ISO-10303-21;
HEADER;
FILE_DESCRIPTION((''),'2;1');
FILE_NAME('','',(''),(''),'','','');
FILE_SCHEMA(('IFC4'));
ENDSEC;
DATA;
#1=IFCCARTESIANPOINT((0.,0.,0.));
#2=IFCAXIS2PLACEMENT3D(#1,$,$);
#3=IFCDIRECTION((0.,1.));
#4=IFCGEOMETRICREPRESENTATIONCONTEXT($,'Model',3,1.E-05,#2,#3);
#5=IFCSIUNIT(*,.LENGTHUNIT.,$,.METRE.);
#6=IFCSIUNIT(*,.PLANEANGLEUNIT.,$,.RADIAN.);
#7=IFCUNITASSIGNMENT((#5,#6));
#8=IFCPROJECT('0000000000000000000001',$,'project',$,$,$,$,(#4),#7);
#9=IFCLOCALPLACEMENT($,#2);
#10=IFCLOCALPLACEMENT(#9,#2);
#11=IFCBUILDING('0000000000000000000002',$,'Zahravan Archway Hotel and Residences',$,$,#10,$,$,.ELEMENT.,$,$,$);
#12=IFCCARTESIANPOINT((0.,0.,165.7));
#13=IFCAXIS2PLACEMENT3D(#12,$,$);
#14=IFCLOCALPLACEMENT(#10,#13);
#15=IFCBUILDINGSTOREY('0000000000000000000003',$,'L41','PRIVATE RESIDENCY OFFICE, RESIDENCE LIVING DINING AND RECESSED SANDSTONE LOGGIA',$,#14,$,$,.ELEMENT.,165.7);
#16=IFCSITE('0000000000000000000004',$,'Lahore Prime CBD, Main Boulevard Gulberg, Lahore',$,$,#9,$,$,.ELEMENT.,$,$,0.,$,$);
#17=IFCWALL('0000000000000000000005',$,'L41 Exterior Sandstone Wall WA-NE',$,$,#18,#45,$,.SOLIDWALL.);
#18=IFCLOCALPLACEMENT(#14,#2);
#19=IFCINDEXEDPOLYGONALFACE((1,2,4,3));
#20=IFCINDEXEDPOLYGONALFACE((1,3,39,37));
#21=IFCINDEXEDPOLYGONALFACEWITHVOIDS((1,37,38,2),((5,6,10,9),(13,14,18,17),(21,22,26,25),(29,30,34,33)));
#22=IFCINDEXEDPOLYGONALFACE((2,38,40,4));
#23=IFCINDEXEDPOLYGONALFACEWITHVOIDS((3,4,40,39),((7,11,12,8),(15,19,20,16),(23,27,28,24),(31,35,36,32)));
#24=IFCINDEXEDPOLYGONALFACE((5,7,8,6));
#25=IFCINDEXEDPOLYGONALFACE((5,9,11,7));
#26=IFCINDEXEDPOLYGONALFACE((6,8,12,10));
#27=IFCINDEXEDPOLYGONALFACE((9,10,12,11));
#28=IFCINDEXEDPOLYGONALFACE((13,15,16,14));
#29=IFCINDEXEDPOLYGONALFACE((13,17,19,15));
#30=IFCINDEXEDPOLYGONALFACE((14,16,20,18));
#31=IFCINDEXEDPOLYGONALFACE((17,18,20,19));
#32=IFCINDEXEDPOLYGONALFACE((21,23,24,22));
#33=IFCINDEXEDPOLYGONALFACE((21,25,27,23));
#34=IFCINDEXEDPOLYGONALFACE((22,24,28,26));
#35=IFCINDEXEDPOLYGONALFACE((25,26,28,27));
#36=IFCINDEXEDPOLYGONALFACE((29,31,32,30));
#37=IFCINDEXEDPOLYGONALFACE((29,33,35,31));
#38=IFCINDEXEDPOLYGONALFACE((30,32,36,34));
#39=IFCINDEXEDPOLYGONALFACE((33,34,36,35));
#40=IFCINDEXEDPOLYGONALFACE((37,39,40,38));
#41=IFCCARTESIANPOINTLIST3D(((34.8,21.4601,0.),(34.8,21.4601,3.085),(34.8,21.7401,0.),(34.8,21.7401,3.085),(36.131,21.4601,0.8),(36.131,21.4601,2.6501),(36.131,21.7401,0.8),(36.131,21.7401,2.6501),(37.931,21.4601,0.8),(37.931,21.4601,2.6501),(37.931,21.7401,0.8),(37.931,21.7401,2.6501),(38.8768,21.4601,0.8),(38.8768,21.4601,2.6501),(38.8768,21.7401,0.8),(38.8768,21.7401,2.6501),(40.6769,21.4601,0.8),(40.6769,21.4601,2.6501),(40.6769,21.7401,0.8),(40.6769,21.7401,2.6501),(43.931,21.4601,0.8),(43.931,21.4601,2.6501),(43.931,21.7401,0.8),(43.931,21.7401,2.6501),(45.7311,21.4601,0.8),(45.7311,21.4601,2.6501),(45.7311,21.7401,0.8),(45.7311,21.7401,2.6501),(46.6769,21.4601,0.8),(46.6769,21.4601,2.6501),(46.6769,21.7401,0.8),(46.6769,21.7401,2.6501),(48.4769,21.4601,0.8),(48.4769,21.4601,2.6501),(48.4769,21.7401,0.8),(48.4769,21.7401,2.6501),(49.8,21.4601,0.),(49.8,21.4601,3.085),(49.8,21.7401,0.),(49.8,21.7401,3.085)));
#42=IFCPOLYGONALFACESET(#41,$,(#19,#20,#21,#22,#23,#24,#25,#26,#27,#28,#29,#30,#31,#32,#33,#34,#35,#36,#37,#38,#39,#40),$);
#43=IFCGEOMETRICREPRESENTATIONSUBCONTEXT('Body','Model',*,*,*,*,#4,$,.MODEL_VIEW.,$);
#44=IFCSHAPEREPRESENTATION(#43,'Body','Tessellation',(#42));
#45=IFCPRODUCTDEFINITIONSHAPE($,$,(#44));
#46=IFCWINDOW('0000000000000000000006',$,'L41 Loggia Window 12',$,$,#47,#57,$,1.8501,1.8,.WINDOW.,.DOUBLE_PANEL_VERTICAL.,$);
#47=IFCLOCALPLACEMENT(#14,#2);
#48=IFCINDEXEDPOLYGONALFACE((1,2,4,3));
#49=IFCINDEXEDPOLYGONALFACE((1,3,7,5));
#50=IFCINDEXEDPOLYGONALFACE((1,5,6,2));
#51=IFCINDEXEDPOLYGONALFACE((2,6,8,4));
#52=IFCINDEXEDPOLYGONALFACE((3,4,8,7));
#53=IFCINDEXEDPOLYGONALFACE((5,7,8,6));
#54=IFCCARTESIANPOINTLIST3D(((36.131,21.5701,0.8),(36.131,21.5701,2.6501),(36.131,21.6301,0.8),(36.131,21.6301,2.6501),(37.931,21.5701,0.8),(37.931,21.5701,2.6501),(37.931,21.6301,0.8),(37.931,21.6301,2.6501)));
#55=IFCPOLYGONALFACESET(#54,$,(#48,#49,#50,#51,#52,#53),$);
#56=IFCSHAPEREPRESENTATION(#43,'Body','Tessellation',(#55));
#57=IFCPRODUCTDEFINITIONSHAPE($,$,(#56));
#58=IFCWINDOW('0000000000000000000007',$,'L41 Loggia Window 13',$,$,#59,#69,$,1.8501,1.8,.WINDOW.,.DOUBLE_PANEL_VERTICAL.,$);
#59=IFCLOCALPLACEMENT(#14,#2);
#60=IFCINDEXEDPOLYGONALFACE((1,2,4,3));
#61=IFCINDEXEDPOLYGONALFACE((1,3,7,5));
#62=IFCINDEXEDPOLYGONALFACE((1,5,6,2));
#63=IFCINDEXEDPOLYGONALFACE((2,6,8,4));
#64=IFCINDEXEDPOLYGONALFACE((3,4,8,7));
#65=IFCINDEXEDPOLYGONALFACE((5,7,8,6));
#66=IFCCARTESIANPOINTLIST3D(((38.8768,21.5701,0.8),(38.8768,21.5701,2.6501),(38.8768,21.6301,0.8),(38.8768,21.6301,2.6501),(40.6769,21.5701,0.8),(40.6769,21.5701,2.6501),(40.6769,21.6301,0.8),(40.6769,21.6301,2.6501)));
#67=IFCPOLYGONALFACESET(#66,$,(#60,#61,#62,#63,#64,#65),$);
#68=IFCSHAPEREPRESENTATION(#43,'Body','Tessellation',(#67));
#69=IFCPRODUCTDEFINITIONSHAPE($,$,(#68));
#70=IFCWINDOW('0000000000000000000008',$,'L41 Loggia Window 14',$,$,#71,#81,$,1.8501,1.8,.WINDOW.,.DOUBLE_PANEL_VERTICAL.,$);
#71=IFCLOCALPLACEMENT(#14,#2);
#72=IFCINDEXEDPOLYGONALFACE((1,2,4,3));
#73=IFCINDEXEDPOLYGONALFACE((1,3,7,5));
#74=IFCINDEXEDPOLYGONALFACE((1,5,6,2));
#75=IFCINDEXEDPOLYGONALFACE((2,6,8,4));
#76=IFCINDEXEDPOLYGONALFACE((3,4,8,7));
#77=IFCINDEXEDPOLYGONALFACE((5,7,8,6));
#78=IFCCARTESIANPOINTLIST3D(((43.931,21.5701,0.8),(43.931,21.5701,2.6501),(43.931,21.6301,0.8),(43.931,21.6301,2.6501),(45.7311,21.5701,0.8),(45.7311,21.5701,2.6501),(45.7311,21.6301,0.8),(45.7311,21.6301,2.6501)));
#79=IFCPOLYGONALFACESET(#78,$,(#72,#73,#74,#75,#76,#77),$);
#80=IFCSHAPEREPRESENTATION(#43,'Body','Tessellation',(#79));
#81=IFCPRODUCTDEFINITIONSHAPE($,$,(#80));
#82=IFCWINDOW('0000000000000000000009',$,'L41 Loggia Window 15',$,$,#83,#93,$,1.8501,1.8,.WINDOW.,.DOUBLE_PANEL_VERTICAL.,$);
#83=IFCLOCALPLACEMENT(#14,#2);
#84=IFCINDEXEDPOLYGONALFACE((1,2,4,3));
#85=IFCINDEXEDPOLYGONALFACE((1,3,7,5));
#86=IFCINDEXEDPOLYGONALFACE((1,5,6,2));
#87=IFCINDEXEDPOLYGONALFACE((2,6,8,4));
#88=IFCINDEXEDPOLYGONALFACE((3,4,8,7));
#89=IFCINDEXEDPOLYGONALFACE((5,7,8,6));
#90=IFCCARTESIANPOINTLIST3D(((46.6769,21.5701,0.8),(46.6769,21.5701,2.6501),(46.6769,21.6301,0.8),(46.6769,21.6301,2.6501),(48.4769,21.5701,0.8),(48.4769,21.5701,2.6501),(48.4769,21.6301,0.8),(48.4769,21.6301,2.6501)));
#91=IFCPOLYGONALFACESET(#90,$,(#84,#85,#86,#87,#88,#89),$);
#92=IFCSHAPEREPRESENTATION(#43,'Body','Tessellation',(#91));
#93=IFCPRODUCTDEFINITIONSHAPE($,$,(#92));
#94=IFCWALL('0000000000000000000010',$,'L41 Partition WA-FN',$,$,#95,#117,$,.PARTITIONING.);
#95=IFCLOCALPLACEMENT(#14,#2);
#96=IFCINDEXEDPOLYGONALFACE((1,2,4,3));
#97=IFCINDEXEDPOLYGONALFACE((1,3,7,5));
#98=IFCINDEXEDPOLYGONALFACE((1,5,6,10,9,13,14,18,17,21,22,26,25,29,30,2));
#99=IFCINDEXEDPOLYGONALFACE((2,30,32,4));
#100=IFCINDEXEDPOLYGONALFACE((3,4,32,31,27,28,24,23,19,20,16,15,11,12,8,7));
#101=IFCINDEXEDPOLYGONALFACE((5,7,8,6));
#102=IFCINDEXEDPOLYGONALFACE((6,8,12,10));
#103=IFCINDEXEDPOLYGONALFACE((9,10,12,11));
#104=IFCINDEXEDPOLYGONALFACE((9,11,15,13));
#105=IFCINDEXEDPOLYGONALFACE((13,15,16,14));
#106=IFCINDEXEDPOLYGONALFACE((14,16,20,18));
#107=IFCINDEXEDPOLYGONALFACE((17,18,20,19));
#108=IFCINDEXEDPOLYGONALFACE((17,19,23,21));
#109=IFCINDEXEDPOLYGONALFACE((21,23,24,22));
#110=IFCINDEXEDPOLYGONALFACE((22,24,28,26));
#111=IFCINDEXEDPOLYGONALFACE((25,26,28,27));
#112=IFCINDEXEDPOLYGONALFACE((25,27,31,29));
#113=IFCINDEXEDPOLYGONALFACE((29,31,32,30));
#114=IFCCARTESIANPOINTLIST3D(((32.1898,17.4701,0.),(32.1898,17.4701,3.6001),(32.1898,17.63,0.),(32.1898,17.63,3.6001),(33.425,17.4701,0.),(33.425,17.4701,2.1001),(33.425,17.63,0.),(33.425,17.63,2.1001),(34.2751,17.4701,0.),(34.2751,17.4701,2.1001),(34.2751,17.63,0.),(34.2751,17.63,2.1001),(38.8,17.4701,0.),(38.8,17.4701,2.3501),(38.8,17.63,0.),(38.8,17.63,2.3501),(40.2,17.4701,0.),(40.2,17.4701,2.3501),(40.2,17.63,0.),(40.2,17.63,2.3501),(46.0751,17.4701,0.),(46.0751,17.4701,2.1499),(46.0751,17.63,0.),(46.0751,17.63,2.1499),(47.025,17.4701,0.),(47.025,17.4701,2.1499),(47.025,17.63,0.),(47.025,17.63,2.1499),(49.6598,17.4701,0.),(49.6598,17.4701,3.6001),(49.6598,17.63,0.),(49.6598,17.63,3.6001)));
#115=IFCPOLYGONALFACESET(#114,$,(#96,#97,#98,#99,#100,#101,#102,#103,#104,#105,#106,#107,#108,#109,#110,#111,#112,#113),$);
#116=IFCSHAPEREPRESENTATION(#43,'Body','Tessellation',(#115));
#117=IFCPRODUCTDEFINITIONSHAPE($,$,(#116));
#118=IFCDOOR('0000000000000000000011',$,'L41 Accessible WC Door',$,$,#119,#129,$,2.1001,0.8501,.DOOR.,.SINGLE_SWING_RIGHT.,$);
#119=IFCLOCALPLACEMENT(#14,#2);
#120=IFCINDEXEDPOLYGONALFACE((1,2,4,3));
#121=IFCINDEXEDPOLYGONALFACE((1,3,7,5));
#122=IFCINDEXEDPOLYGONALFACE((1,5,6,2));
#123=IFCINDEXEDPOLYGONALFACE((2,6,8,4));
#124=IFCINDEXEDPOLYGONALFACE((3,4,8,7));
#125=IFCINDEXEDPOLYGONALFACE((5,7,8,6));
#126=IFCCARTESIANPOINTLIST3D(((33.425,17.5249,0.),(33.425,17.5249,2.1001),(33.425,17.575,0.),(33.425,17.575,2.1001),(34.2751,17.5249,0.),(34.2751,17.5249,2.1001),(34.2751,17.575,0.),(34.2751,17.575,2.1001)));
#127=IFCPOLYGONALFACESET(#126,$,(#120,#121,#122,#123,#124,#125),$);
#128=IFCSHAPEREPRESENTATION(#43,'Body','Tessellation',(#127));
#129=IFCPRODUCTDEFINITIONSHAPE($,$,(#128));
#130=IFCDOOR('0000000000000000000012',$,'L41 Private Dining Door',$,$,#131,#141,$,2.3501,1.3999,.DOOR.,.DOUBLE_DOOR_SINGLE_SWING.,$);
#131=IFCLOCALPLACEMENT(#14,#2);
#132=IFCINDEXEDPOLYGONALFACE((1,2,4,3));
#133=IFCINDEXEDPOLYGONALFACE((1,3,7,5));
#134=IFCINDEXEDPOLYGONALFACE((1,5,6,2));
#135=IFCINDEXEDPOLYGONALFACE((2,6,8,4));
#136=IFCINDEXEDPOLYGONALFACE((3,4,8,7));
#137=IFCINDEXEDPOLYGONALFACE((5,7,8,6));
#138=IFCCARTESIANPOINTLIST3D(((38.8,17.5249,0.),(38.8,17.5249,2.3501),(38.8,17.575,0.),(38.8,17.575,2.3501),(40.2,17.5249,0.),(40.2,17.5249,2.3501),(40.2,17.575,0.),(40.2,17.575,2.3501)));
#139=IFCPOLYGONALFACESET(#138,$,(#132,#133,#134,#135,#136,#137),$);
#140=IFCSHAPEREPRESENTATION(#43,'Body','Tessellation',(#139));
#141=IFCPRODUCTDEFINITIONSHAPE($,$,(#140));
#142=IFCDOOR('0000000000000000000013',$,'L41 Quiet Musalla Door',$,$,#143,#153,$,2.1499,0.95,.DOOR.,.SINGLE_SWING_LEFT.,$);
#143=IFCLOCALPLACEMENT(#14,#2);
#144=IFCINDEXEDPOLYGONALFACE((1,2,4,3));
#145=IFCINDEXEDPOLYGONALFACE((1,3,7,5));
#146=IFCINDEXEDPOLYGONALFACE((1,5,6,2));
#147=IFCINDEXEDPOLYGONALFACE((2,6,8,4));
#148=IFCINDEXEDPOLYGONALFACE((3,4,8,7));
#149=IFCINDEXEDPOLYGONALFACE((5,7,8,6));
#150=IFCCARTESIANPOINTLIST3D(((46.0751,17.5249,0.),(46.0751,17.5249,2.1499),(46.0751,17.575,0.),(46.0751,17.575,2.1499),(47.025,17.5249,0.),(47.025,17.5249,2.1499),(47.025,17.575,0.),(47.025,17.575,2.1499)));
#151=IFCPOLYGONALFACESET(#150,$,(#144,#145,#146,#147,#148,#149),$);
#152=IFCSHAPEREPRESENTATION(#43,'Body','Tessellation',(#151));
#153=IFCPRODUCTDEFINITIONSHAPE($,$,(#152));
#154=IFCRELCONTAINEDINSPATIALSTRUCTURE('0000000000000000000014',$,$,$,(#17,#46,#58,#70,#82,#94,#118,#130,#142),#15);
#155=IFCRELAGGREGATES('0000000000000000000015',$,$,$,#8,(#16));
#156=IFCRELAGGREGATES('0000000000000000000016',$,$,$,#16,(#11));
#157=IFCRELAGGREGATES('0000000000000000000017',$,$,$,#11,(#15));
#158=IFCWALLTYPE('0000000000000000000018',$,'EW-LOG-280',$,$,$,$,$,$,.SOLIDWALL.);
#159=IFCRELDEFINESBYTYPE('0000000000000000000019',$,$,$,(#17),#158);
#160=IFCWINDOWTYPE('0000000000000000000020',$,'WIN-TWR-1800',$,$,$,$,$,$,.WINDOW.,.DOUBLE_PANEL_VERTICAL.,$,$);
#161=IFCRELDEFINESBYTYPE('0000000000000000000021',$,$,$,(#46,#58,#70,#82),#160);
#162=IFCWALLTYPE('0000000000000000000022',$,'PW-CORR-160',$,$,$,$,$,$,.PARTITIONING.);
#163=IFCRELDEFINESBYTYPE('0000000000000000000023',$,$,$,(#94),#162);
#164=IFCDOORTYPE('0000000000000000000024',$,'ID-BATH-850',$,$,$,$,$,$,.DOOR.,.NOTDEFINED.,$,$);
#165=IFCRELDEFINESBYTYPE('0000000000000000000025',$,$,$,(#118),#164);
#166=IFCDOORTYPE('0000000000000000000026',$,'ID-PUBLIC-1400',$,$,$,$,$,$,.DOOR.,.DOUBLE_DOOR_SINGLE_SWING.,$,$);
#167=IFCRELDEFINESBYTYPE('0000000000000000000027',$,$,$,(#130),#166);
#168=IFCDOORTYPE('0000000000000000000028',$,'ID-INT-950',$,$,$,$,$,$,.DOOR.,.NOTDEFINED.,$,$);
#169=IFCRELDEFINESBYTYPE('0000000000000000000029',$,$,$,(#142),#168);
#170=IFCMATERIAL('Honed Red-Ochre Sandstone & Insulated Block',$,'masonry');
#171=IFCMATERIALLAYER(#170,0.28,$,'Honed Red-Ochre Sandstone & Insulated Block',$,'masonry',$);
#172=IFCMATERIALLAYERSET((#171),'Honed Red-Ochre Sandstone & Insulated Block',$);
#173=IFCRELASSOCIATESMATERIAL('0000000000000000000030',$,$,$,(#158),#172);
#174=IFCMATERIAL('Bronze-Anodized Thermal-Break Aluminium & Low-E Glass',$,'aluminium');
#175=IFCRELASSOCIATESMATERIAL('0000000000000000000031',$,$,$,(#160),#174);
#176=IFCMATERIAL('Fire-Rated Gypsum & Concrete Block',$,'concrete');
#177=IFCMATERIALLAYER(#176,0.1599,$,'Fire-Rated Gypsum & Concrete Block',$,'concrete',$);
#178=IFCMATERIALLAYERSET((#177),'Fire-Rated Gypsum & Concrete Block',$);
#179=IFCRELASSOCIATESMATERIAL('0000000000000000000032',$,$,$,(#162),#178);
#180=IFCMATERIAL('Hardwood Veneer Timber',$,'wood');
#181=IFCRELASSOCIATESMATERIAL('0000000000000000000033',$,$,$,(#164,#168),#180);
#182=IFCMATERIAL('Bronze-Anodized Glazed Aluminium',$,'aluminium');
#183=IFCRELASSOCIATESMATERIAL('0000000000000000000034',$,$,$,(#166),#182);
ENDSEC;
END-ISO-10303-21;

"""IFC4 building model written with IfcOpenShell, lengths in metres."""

from ifc_helpers import new_model, si_unit, direction, frame, frame_2d, origin, place, context, subcontext, project, spatial, rectangle, extrude, source, transform, mapped, material, layer, layer_set, type_object, type_shapes, element, fill, save


model = new_model("IFC4")

# Units and contexts
model_context = context("Model", 3, precision=1e-05, world=origin(), true_north=direction((0.0, 1.0)))
body_context = subcontext(model_context, "Body", "Model", "MODEL_VIEW")
ifc_project = project(units=[si_unit("LENGTHUNIT", "METRE"), si_unit("PLANEANGLEUNIT", "RADIAN")], contexts=[model_context])

# Site, building, storey
site_placement = place(None, origin())
site = spatial("IfcSite", under=ifc_project, at=site_placement, Name="Lahore Prime CBD, Main Boulevard Gulberg, Lahore", CompositionType="ELEMENT", RefElevation=0.0)
building_placement = place(site_placement, origin())
building = spatial("IfcBuilding", under=site, at=building_placement, Name="Zahravan Archway Hotel and Residences", CompositionType="ELEMENT")
storey_placement = place(building_placement, frame((0.0, 0.0, 165.7)))
storey = spatial("IfcBuildingStorey", under=building, at=storey_placement, Name="L41", Description="PRIVATE RESIDENCY OFFICE, RESIDENCE LIVING DINING AND RECESSED SANDSTONE LOGGIA", CompositionType="ELEMENT", Elevation=165.7)

# Wall, openings, windows
ifc_material_1 = material(Name="Honed Red-Ochre Sandstone & Insulated Block", Category="masonry")
ifc_layer_1 = layer(ifc_material_1, 0.28, Name="Honed Red-Ochre Sandstone & Insulated Block", Category="masonry")
ifc_layer_set_1 = layer_set([ifc_layer_1], Name="Honed Red-Ochre Sandstone & Insulated Block")
wall_type_1 = type_object("IfcWallType", Name="EW-LOG-280", PredefinedType="SOLIDWALL", material=ifc_layer_set_1)
wall_1_placement = place(storey_placement, frame((34.8, 21.6001, 0.0), z_axis=(0.0, 0.0, 1.0), x_axis=(1.0, 0.0, 0.0)))
wall_1 = element("IfcWall", 1, at=wall_1_placement, inside=storey, type_object=wall_type_1, Name="L41 Exterior Sandstone Wall WA-NE", PredefinedType="SOLIDWALL", context=body_context, shape_type="SweptSolid", body=[
    extrude(rectangle(XDim=15.0, YDim=0.28, at=frame_2d((7.5, 0.0))), origin(), (0.0, 0.0, 1.0), 3.085),
])
opening_1_placement = place(wall_1_placement, frame((1.3311, 0.0, 0.8)))
opening_1 = element("IfcOpeningElement", 2, at=opening_1_placement, cuts=wall_1, PredefinedType="OPENING", context=body_context, shape_type="SweptSolid", body=[
    extrude(rectangle(XDim=1.8, YDim=1.8501, at=frame_2d((0.8999, 0.925))), frame((0.0, 0.1499, 0.0), z_axis=(0.0, -1.0, 0.0), x_axis=(1.0, 0.0, 0.0)), (0.0, 0.0, 1.0), 0.3),
])
opening_2_placement = place(wall_1_placement, frame((4.0769, 0.0, 0.8)))
opening_2 = element("IfcOpeningElement", 3, at=opening_2_placement, cuts=wall_1, PredefinedType="OPENING", context=body_context, shape_type="SweptSolid", body=[
    extrude(rectangle(XDim=1.8, YDim=1.8501, at=frame_2d((0.8999, 0.925))), frame((0.0, 0.1499, 0.0), z_axis=(0.0, -1.0, 0.0), x_axis=(1.0, 0.0, 0.0)), (0.0, 0.0, 1.0), 0.3),
])
opening_3_placement = place(wall_1_placement, frame((9.1311, 0.0, 0.8)))
opening_3 = element("IfcOpeningElement", 4, at=opening_3_placement, cuts=wall_1, PredefinedType="OPENING", context=body_context, shape_type="SweptSolid", body=[
    extrude(rectangle(XDim=1.8, YDim=1.8501, at=frame_2d((0.8999, 0.925))), frame((0.0, 0.1499, 0.0), z_axis=(0.0, -1.0, 0.0), x_axis=(1.0, 0.0, 0.0)), (0.0, 0.0, 1.0), 0.3),
])
opening_4_placement = place(wall_1_placement, frame((11.877, 0.0, 0.8)))
opening_4 = element("IfcOpeningElement", 5, at=opening_4_placement, cuts=wall_1, PredefinedType="OPENING", context=body_context, shape_type="SweptSolid", body=[
    extrude(rectangle(XDim=1.8, YDim=1.8501, at=frame_2d((0.8999, 0.925))), frame((0.0, 0.1499, 0.0), z_axis=(0.0, -1.0, 0.0), x_axis=(1.0, 0.0, 0.0)), (0.0, 0.0, 1.0), 0.3),
])
ifc_material_2 = material(Name="Bronze-Anodized Thermal-Break Aluminium & Low-E Glass", Category="aluminium")
window_type = type_object("IfcWindowType", Name="WIN-TWR-1800", PartitioningType="DOUBLE_PANEL_VERTICAL", PredefinedType="WINDOW", material=ifc_material_2)
shared_shape_1 = source(origin(), body_context, "Body", "SweptSolid", [
    extrude(rectangle(XDim=1.8, YDim=1.8501, at=frame_2d((0.8999, 0.925))), frame((0.0, 0.03, 0.0), z_axis=(0.0, -1.0, 0.0), x_axis=(1.0, 0.0, 0.0)), (0.0, 0.0, 1.0), 0.0601),
])
type_shapes(window_type, [shared_shape_1])
window_1_placement = place(opening_1_placement, origin())
window_1 = element("IfcWindow", 6, at=window_1_placement, inside=storey, type_object=window_type, Name="L41 Loggia Window 12", OverallHeight=1.8501, OverallWidth=1.8, PartitioningType="DOUBLE_PANEL_VERTICAL", PredefinedType="WINDOW", context=body_context, shape_type="MappedRepresentation", body=[
    mapped(shared_shape_1, transform((0.0, 0.0, 0.0), scale=1.0)),
])
fill(opening_1, window_1)
window_2_placement = place(opening_2_placement, origin())
window_2 = element("IfcWindow", 7, at=window_2_placement, inside=storey, type_object=window_type, Name="L41 Loggia Window 13", OverallHeight=1.8501, OverallWidth=1.8, PartitioningType="DOUBLE_PANEL_VERTICAL", PredefinedType="WINDOW", context=body_context, shape_type="MappedRepresentation", body=[
    mapped(shared_shape_1, transform((0.0, 0.0, 0.0), scale=1.0)),
])
fill(opening_2, window_2)
window_3_placement = place(opening_3_placement, origin())
window_3 = element("IfcWindow", 8, at=window_3_placement, inside=storey, type_object=window_type, Name="L41 Loggia Window 14", OverallHeight=1.8501, OverallWidth=1.8, PartitioningType="DOUBLE_PANEL_VERTICAL", PredefinedType="WINDOW", context=body_context, shape_type="MappedRepresentation", body=[
    mapped(shared_shape_1, transform((0.0, 0.0, 0.0), scale=1.0)),
])
fill(opening_3, window_3)
window_4_placement = place(opening_4_placement, origin())
window_4 = element("IfcWindow", 9, at=window_4_placement, inside=storey, type_object=window_type, Name="L41 Loggia Window 15", OverallHeight=1.8501, OverallWidth=1.8, PartitioningType="DOUBLE_PANEL_VERTICAL", PredefinedType="WINDOW", context=body_context, shape_type="MappedRepresentation", body=[
    mapped(shared_shape_1, transform((0.0, 0.0, 0.0), scale=1.0)),
])
fill(opening_4, window_4)

# Wall, openings, doors
ifc_material_3 = material(Name="Fire-Rated Gypsum & Concrete Block", Category="concrete")
ifc_layer_2 = layer(ifc_material_3, 0.1599, Name="Fire-Rated Gypsum & Concrete Block", Category="concrete")
ifc_layer_set_2 = layer_set([ifc_layer_2], Name="Fire-Rated Gypsum & Concrete Block")
wall_type_2 = type_object("IfcWallType", Name="PW-CORR-160", PredefinedType="PARTITIONING", material=ifc_layer_set_2)
wall_2_placement = place(storey_placement, frame((32.1899, 17.55, 0.0), z_axis=(0.0, 0.0, 1.0), x_axis=(1.0, 0.0, 0.0)))
wall_2 = element("IfcWall", 10, at=wall_2_placement, inside=storey, type_object=wall_type_2, Name="L41 Partition WA-FN", PredefinedType="PARTITIONING", context=body_context, shape_type="SweptSolid", body=[
    extrude(rectangle(XDim=17.47, YDim=0.1599, at=frame_2d((8.7349, 0.0))), origin(), (0.0, 0.0, 1.0), 3.6001),
])
opening_5_placement = place(wall_2_placement, frame((1.2351, 0.0, 0.0)))
opening_5 = element("IfcOpeningElement", 11, at=opening_5_placement, cuts=wall_2, PredefinedType="OPENING", context=body_context, shape_type="SweptSolid", body=[
    extrude(rectangle(XDim=0.8501, YDim=2.1001, at=frame_2d((0.425, 1.05))), frame((0.0, 0.0898, 0.0), z_axis=(0.0, -1.0, 0.0), x_axis=(1.0, 0.0, 0.0)), (0.0, 0.0, 1.0), 0.1799),
])
opening_6_placement = place(wall_2_placement, frame((6.6101, 0.0, 0.0)))
opening_6 = element("IfcOpeningElement", 12, at=opening_6_placement, cuts=wall_2, PredefinedType="OPENING", context=body_context, shape_type="SweptSolid", body=[
    extrude(rectangle(XDim=1.3999, YDim=2.3501, at=frame_2d((0.7, 1.175))), frame((0.0, 0.0898, 0.0), z_axis=(0.0, -1.0, 0.0), x_axis=(1.0, 0.0, 0.0)), (0.0, 0.0, 1.0), 0.1799),
])
opening_7_placement = place(wall_2_placement, frame((13.885, 0.0, 0.0)))
opening_7 = element("IfcOpeningElement", 13, at=opening_7_placement, cuts=wall_2, PredefinedType="OPENING", context=body_context, shape_type="SweptSolid", body=[
    extrude(rectangle(XDim=0.95, YDim=2.1499, at=frame_2d((0.4751, 1.075))), frame((0.0, 0.0898, 0.0), z_axis=(0.0, -1.0, 0.0), x_axis=(1.0, 0.0, 0.0)), (0.0, 0.0, 1.0), 0.1799),
])
ifc_material_4 = material(Name="Hardwood Veneer Timber", Category="wood")
door_type_1 = type_object("IfcDoorType", Name="ID-BATH-850", OperationType="NOTDEFINED", PredefinedType="DOOR", material=ifc_material_4)
shared_shape_2 = source(origin(), body_context, "Body", "SweptSolid", [
    extrude(rectangle(XDim=0.8501, YDim=2.1001, at=frame_2d((0.425, 1.05))), frame((0.0, 0.0249, 0.0), z_axis=(0.0, -1.0, 0.0), x_axis=(1.0, 0.0, 0.0)), (0.0, 0.0, 1.0), 0.05),
])
type_shapes(door_type_1, [shared_shape_2])
door_1_placement = place(opening_5_placement, origin())
door_1 = element("IfcDoor", 14, at=door_1_placement, inside=storey, type_object=door_type_1, Name="L41 Accessible WC Door", OperationType="SINGLE_SWING_RIGHT", OverallHeight=2.1001, OverallWidth=0.8501, PredefinedType="DOOR", context=body_context, shape_type="MappedRepresentation", body=[
    mapped(shared_shape_2, transform((0.0, 0.0, 0.0), scale=1.0)),
])
fill(opening_5, door_1)
ifc_material_5 = material(Name="Bronze-Anodized Glazed Aluminium", Category="aluminium")
door_type_2 = type_object("IfcDoorType", Name="ID-PUBLIC-1400", OperationType="DOUBLE_DOOR_SINGLE_SWING", PredefinedType="DOOR", material=ifc_material_5)
shared_shape_3 = source(origin(), body_context, "Body", "SweptSolid", [
    extrude(rectangle(XDim=1.3999, YDim=2.3501, at=frame_2d((0.7, 1.175))), frame((0.0, 0.0249, 0.0), z_axis=(0.0, -1.0, 0.0), x_axis=(1.0, 0.0, 0.0)), (0.0, 0.0, 1.0), 0.05),
])
type_shapes(door_type_2, [shared_shape_3])
door_2_placement = place(opening_6_placement, origin())
door_2 = element("IfcDoor", 15, at=door_2_placement, inside=storey, type_object=door_type_2, Name="L41 Private Dining Door", OperationType="DOUBLE_DOOR_SINGLE_SWING", OverallHeight=2.3501, OverallWidth=1.3999, PredefinedType="DOOR", context=body_context, shape_type="MappedRepresentation", body=[
    mapped(shared_shape_3, transform((0.0, 0.0, 0.0), scale=1.0)),
])
fill(opening_6, door_2)
door_type_3 = type_object("IfcDoorType", Name="ID-INT-950", OperationType="NOTDEFINED", PredefinedType="DOOR", material=ifc_material_4)
shared_shape_4 = source(origin(), body_context, "Body", "SweptSolid", [
    extrude(rectangle(XDim=0.95, YDim=2.1499, at=frame_2d((0.4751, 1.075))), frame((0.0, 0.0249, 0.0), z_axis=(0.0, -1.0, 0.0), x_axis=(1.0, 0.0, 0.0)), (0.0, 0.0, 1.0), 0.05),
])
type_shapes(door_type_3, [shared_shape_4])
door_3_placement = place(opening_7_placement, origin())
door_3 = element("IfcDoor", 16, at=door_3_placement, inside=storey, type_object=door_type_3, Name="L41 Quiet Musalla Door", OperationType="SINGLE_SWING_LEFT", OverallHeight=2.1499, OverallWidth=0.95, PredefinedType="DOOR", context=body_context, shape_type="MappedRepresentation", body=[
    mapped(shared_shape_4, transform((0.0, 0.0, 0.0), scale=1.0)),
])
fill(opening_7, door_3)

save(model, "model.ifc")
